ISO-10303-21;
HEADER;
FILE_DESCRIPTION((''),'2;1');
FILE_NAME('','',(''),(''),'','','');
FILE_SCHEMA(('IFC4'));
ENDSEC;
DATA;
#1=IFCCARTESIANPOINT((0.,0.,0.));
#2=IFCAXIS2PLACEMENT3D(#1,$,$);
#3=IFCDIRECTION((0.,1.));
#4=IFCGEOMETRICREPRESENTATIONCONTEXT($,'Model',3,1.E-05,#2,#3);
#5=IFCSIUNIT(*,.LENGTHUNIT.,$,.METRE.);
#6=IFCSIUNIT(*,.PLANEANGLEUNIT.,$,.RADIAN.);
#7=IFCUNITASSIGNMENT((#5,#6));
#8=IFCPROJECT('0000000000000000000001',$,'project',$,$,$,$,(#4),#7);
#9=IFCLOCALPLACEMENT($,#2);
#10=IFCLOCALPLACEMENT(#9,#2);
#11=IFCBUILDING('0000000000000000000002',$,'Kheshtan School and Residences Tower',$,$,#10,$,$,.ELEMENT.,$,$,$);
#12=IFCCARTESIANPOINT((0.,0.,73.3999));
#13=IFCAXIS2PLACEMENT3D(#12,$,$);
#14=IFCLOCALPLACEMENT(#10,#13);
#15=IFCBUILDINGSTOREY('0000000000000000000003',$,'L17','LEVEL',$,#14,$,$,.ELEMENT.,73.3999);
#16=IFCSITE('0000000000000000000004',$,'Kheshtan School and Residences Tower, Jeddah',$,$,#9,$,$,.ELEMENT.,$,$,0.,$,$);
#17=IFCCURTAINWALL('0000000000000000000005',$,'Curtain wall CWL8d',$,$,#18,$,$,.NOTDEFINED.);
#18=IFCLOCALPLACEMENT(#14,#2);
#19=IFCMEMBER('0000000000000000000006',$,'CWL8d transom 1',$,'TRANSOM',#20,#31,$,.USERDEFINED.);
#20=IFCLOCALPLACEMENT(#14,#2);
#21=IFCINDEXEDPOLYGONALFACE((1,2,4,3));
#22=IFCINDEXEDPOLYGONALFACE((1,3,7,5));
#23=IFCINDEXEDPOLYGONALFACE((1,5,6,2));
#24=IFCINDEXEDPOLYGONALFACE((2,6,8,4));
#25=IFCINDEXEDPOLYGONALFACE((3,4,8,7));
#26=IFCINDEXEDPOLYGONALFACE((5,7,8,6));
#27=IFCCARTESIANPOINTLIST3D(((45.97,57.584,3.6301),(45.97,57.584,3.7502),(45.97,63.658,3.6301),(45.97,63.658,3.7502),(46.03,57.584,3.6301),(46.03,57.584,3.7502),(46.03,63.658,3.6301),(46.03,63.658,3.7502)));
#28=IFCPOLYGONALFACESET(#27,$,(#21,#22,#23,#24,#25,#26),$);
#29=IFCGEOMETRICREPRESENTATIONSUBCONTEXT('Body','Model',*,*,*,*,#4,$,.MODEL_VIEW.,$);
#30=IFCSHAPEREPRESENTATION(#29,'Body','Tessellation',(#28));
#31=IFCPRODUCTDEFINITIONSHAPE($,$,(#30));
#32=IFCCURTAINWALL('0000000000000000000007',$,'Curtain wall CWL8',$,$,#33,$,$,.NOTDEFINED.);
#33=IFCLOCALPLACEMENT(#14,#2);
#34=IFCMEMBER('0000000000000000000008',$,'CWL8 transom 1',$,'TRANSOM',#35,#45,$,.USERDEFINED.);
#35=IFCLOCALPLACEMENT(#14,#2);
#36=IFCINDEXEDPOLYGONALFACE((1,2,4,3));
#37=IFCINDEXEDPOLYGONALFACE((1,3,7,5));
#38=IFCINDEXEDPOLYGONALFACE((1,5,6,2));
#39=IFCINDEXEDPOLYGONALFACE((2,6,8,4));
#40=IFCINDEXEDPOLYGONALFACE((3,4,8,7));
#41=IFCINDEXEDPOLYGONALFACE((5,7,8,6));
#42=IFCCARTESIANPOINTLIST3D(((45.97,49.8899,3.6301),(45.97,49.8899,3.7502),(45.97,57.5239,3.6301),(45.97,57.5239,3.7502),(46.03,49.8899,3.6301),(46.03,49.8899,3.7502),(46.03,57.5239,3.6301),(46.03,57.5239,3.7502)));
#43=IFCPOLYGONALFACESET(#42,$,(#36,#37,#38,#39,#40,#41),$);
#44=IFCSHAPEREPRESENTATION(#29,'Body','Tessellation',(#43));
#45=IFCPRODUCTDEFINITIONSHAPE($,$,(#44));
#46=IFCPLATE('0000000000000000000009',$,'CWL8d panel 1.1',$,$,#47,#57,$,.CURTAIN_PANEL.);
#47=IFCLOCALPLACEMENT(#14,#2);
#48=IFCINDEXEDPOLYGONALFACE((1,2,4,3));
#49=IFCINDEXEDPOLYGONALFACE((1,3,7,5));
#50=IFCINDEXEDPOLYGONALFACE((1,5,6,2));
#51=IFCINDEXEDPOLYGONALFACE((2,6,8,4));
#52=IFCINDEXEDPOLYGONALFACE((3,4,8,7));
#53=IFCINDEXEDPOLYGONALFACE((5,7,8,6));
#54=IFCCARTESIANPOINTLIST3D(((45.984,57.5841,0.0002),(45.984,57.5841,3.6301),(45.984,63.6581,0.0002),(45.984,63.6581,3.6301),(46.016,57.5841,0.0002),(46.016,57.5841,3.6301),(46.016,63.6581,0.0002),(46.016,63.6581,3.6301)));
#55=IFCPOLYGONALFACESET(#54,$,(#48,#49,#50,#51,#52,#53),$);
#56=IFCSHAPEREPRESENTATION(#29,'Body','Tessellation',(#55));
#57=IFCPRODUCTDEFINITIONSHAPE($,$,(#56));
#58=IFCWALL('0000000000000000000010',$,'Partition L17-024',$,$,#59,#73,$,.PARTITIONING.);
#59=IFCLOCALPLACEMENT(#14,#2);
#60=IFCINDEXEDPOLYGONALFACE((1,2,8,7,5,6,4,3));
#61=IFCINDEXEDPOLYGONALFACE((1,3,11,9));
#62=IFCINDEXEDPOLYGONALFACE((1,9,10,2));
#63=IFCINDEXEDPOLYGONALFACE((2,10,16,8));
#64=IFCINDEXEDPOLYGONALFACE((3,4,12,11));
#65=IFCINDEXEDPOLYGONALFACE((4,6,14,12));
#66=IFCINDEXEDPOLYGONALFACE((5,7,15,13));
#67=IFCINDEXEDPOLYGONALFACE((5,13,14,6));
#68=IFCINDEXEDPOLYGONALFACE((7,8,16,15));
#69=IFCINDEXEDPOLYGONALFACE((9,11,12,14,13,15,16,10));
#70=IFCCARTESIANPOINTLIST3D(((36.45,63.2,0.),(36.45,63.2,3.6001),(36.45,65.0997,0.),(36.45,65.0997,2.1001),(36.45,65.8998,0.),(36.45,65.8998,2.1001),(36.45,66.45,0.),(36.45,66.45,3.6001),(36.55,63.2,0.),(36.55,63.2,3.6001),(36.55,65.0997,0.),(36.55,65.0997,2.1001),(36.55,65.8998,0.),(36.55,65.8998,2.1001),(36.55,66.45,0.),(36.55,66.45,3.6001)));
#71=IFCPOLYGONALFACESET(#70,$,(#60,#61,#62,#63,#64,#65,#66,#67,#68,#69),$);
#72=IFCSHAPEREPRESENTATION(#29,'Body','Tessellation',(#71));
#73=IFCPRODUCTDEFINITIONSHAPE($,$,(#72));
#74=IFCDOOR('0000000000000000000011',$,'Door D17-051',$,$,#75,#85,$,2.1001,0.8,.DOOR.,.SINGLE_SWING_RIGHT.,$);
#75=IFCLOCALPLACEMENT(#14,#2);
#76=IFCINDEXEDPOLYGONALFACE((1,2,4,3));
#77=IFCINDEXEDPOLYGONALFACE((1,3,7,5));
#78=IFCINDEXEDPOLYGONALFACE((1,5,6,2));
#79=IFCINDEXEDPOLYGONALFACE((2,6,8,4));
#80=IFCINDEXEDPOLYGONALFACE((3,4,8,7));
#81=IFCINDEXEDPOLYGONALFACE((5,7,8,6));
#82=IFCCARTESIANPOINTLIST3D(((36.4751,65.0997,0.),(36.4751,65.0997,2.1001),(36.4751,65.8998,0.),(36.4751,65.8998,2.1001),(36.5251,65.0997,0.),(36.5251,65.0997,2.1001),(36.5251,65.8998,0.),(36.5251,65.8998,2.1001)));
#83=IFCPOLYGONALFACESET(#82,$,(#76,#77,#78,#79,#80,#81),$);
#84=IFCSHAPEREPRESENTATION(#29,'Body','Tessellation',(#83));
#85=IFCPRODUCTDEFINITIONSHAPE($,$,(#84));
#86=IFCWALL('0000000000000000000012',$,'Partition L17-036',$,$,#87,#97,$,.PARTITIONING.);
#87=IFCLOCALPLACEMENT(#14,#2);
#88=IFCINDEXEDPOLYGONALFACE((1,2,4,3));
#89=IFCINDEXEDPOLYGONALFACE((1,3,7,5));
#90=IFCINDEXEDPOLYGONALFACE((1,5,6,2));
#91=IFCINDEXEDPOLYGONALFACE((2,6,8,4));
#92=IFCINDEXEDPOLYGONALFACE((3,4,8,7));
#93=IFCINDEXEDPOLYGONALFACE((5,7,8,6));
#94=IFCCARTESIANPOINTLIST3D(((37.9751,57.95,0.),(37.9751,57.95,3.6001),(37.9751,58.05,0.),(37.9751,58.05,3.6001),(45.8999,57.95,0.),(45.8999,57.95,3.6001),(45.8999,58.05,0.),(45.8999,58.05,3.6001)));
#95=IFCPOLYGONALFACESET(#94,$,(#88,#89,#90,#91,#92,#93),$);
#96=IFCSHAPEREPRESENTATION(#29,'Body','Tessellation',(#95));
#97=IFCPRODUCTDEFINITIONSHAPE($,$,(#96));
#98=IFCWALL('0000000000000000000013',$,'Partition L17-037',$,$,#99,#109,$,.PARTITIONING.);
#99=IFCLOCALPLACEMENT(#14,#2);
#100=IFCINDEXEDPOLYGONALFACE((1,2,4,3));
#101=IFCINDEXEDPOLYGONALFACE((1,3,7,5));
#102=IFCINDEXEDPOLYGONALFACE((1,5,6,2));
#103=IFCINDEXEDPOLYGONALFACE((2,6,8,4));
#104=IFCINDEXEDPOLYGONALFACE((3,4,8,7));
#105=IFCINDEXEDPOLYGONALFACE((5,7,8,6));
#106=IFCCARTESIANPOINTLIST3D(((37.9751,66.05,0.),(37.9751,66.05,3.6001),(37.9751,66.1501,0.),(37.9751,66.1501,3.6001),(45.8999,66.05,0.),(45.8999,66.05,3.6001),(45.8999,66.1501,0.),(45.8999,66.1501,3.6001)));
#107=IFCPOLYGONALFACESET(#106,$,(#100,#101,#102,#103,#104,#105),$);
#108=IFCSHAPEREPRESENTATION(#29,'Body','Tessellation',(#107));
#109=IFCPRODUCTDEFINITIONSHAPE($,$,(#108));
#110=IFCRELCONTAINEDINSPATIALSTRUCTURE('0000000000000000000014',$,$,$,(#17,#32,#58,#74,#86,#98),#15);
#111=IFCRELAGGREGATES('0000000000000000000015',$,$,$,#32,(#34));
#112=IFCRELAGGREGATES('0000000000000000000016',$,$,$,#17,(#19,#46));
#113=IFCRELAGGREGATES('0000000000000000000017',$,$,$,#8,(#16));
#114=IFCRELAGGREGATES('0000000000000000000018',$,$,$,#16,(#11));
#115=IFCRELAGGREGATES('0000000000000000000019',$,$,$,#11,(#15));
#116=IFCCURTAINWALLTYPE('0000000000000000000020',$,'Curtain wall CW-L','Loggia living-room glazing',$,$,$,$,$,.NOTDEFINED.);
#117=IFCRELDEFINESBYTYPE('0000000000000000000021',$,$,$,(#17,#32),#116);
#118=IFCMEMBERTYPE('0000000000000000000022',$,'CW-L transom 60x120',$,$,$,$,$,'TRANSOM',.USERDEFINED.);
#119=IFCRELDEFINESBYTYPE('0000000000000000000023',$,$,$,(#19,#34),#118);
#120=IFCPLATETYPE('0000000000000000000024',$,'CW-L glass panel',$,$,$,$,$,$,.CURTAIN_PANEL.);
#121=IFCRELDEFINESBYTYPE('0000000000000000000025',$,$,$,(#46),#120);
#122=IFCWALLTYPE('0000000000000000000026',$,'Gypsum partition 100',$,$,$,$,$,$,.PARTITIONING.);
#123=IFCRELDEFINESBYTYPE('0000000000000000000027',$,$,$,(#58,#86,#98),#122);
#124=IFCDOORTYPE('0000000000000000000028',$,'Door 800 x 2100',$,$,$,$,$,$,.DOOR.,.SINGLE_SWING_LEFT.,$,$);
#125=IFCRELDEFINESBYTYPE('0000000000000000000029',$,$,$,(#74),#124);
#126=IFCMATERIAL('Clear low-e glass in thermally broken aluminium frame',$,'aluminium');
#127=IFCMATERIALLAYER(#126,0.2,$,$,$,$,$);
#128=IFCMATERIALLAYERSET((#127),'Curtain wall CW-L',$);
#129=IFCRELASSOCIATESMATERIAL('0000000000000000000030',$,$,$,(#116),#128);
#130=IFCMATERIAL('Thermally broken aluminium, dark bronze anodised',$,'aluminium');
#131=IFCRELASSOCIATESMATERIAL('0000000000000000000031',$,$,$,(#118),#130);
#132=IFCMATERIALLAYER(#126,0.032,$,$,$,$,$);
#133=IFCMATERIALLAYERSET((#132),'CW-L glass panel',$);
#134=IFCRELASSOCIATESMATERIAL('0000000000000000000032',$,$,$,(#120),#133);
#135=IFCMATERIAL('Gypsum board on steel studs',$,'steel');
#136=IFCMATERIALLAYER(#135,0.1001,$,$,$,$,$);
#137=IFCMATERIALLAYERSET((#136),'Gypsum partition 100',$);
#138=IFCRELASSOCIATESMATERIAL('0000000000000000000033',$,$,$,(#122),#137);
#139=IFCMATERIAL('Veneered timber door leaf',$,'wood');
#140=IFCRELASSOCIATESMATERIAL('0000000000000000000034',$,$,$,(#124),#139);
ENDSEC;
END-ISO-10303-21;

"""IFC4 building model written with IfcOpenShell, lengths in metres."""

from ifc_helpers import new_model, si_unit, direction, frame, frame_2d, origin, origin_2d, place, context, subcontext, project, spatial, rectangle, extrude, source, transform, mapped, material, layer, layer_set, material_profile, profile_set, type_object, element, fill, aggregate, save


model = new_model("IFC4")

# Units and contexts
model_context = context("Model", 3, precision=1e-05, world=origin(), true_north=direction((0.0, 1.0)))
body_context = subcontext(model_context, "Body", "Model", "MODEL_VIEW")
ifc_project = project(units=[si_unit("LENGTHUNIT", "METRE"), si_unit("PLANEANGLEUNIT", "RADIAN")], contexts=[model_context])

# Site, building, storey
site_placement = place(None, origin())
site = spatial("IfcSite", under=ifc_project, at=site_placement, Name="Kheshtan School and Residences Tower, Jeddah", CompositionType="ELEMENT", RefElevation=0.0)
building_placement = place(site_placement, origin())
building = spatial("IfcBuilding", under=site, at=building_placement, Name="Kheshtan School and Residences Tower", CompositionType="ELEMENT")
storey_placement = place(building_placement, frame((0.0, 0.0, 73.3999)))
storey = spatial("IfcBuildingStorey", under=building, at=storey_placement, Name="L17", Description="LEVEL", CompositionType="ELEMENT", Elevation=73.3999)

# Shared definitions
ifc_material_1 = material(Name="Clear low-e glass in thermally broken aluminium frame", Category="aluminium")
ifc_layer_1 = layer(ifc_material_1, 0.2)
ifc_layer_set_1 = layer_set([ifc_layer_1], Name="Curtain wall CW-L")
curtain_wall_type = type_object("IfcCurtainWallType", Name="Curtain wall CW-L", Description="Loggia living-room glazing", PredefinedType="NOTDEFINED", material=ifc_layer_set_1)
ifc_material_2 = material(Name="Thermally broken aluminium, dark bronze anodised", Category="aluminium")

# Curtain wall, member
curtain_wall_1_placement = place(storey_placement, origin())
curtain_wall_1 = element("IfcCurtainWall", 1, at=curtain_wall_1_placement, inside=storey, type_object=curtain_wall_type, Name="Curtain wall CWL8d", PredefinedType="NOTDEFINED")
ifc_material_profile_1 = material_profile(ifc_material_2, rectangle(XDim=0.0601, YDim=0.1201, at=origin_2d()), Name="CW-L transom 60x120")
ifc_profile_set_1 = profile_set([ifc_material_profile_1], Name="Thermally broken aluminium, dark bronze anodised")
member_type_1 = type_object("IfcMemberType", Name="CW-L transom 60x120", ElementType="TRANSOM", PredefinedType="USERDEFINED", material=ifc_profile_set_1)
member_1_placement = place(storey_placement, frame((46.0, 63.658, 3.6902), z_axis=(0.0, -1.0, 0.0), x_axis=(1.0, 0.0, 0.0)))
member_1 = element("IfcMember", 2, at=member_1_placement, type_object=member_type_1, Name="CWL8d transom 1", ObjectType="TRANSOM", PredefinedType="USERDEFINED", context=body_context, shape_type="SweptSolid", body=[
    extrude(rectangle(XDim=0.0601, YDim=0.1201, at=origin_2d()), origin(), (0.0, 0.0, 1.0), 6.074),
])

# Curtain wall, member
curtain_wall_2_placement = place(storey_placement, origin())
curtain_wall_2 = element("IfcCurtainWall", 3, at=curtain_wall_2_placement, inside=storey, type_object=curtain_wall_type, Name="Curtain wall CWL8", PredefinedType="NOTDEFINED")
member_2_placement = place(storey_placement, frame((46.0, 57.5239, 3.6902), z_axis=(0.0, -1.0, 0.0), x_axis=(1.0, 0.0, 0.0)))
member_2 = element("IfcMember", 4, at=member_2_placement, type_object=member_type_1, Name="CWL8 transom 1", ObjectType="TRANSOM", PredefinedType="USERDEFINED", context=body_context, shape_type="SweptSolid", body=[
    extrude(rectangle(XDim=0.0601, YDim=0.1201, at=origin_2d()), origin(), (0.0, 0.0, 1.0), 7.634),
])
aggregate(curtain_wall_2, [member_2])

# Plate
ifc_layer_2 = layer(ifc_material_1, 0.032)
ifc_layer_set_2 = layer_set([ifc_layer_2], Name="CW-L glass panel")
plate_type = type_object("IfcPlateType", Name="CW-L glass panel", PredefinedType="CURTAIN_PANEL", material=ifc_layer_set_2)
plate_placement = place(storey_placement, frame((46.0, 60.6211, 0.0002), z_axis=(0.0, 0.0, 1.0), x_axis=(0.0, -1.0, 0.0)))
plate = element("IfcPlate", 5, at=plate_placement, type_object=plate_type, Name="CWL8d panel 1.1", PredefinedType="CURTAIN_PANEL", context=body_context, shape_type="SweptSolid", body=[
    extrude(rectangle(XDim=6.074, YDim=0.032, at=origin_2d()), origin(), (0.0, 0.0, 1.0), 3.6299),
])
aggregate(curtain_wall_1, [member_1, plate])

# Wall, opening, door
ifc_material_3 = material(Name="Gypsum board on steel studs", Category="steel")
ifc_layer_3 = layer(ifc_material_3, 0.1001)
ifc_layer_set_3 = layer_set([ifc_layer_3], Name="Gypsum partition 100")
wall_type_1 = type_object("IfcWallType", Name="Gypsum partition 100", PredefinedType="PARTITIONING", material=ifc_layer_set_3)
wall_1_placement = place(storey_placement, frame((36.5, 63.2, 0.0), z_axis=(0.0, 0.0, 1.0), x_axis=(0.0, 1.0, 0.0)))
wall_1 = element("IfcWall", 6, at=wall_1_placement, inside=storey, type_object=wall_type_1, Name="Partition L17-024", PredefinedType="PARTITIONING", context=body_context, shape_type="SweptSolid", body=[
    extrude(rectangle(XDim=3.25, YDim=0.1001, at=frame_2d((1.625, 0.0))), origin(), (0.0, 0.0, 1.0), 3.6001),
])
opening_1_placement = place(wall_1_placement, frame((1.8999, 0.0, 0.0)))
opening_1 = element("IfcOpeningElement", 7, at=opening_1_placement, cuts=wall_1, PredefinedType="OPENING", context=body_context, shape_type="SweptSolid", body=[
    extrude(rectangle(XDim=0.8, YDim=2.1001, at=frame_2d((0.3999, 1.05))), frame((0.0, 0.0601, 0.0), z_axis=(0.0, -1.0, 0.0), x_axis=(1.0, 0.0, 0.0)), (0.0, 0.0, 1.0), 0.1201),
])
ifc_material_4 = material(Name="Veneered timber door leaf", Category="wood")
door_type_1 = type_object("IfcDoorType", Name="Door 800 x 2100", OperationType="SINGLE_SWING_LEFT", PredefinedType="DOOR", material=ifc_material_4)
shared_shape_1 = source(origin(), body_context, "Body", "SweptSolid", [
    extrude(rectangle(XDim=0.8, YDim=2.1001, at=frame_2d((0.3999, 1.05))), frame((0.0, 0.0249, 0.0), z_axis=(0.0, -1.0, 0.0), x_axis=(1.0, 0.0, 0.0)), (0.0, 0.0, 1.0), 0.05),
])
door_1_placement = place(opening_1_placement, origin())
door_1 = element("IfcDoor", 8, at=door_1_placement, inside=storey, type_object=door_type_1, Name="Door D17-051", OperationType="SINGLE_SWING_RIGHT", OverallHeight=2.1001, OverallWidth=0.8, PredefinedType="DOOR", context=body_context, shape_type="MappedRepresentation", body=[
    mapped(shared_shape_1, transform((0.0, 0.0, 0.0), x_axis=(1.0, 0.0, 0.0), y_axis=(0.0, 1.0, 0.0), z_axis=(0.0, 0.0, 1.0), scale=1.0)),
])
fill(opening_1, door_1)

# Walls
for number, where, z_axis, x_axis, name in (
    (9, (37.9751, 58.0, 0.0), (0.0, 0.0, 1.0), (1.0, 0.0, 0.0), "Partition L17-036"),
    (10, (37.9751, 66.1001, 0.0), (0.0, 0.0, 1.0), (1.0, 0.0, 0.0), "Partition L17-037"),
):
    element("IfcWall", number, at=place(storey_placement, frame(where, z_axis=z_axis, x_axis=x_axis)), inside=storey, type_object=wall_type_1, Name=name, PredefinedType="PARTITIONING", context=body_context, shape_type="SweptSolid", body=[
        extrude(rectangle(XDim=7.9248, YDim=0.1001, at=frame_2d((3.9624, 0.0))), origin(), (0.0, 0.0, 1.0), 3.6001),
    ])

save(model, "model.ifc")
